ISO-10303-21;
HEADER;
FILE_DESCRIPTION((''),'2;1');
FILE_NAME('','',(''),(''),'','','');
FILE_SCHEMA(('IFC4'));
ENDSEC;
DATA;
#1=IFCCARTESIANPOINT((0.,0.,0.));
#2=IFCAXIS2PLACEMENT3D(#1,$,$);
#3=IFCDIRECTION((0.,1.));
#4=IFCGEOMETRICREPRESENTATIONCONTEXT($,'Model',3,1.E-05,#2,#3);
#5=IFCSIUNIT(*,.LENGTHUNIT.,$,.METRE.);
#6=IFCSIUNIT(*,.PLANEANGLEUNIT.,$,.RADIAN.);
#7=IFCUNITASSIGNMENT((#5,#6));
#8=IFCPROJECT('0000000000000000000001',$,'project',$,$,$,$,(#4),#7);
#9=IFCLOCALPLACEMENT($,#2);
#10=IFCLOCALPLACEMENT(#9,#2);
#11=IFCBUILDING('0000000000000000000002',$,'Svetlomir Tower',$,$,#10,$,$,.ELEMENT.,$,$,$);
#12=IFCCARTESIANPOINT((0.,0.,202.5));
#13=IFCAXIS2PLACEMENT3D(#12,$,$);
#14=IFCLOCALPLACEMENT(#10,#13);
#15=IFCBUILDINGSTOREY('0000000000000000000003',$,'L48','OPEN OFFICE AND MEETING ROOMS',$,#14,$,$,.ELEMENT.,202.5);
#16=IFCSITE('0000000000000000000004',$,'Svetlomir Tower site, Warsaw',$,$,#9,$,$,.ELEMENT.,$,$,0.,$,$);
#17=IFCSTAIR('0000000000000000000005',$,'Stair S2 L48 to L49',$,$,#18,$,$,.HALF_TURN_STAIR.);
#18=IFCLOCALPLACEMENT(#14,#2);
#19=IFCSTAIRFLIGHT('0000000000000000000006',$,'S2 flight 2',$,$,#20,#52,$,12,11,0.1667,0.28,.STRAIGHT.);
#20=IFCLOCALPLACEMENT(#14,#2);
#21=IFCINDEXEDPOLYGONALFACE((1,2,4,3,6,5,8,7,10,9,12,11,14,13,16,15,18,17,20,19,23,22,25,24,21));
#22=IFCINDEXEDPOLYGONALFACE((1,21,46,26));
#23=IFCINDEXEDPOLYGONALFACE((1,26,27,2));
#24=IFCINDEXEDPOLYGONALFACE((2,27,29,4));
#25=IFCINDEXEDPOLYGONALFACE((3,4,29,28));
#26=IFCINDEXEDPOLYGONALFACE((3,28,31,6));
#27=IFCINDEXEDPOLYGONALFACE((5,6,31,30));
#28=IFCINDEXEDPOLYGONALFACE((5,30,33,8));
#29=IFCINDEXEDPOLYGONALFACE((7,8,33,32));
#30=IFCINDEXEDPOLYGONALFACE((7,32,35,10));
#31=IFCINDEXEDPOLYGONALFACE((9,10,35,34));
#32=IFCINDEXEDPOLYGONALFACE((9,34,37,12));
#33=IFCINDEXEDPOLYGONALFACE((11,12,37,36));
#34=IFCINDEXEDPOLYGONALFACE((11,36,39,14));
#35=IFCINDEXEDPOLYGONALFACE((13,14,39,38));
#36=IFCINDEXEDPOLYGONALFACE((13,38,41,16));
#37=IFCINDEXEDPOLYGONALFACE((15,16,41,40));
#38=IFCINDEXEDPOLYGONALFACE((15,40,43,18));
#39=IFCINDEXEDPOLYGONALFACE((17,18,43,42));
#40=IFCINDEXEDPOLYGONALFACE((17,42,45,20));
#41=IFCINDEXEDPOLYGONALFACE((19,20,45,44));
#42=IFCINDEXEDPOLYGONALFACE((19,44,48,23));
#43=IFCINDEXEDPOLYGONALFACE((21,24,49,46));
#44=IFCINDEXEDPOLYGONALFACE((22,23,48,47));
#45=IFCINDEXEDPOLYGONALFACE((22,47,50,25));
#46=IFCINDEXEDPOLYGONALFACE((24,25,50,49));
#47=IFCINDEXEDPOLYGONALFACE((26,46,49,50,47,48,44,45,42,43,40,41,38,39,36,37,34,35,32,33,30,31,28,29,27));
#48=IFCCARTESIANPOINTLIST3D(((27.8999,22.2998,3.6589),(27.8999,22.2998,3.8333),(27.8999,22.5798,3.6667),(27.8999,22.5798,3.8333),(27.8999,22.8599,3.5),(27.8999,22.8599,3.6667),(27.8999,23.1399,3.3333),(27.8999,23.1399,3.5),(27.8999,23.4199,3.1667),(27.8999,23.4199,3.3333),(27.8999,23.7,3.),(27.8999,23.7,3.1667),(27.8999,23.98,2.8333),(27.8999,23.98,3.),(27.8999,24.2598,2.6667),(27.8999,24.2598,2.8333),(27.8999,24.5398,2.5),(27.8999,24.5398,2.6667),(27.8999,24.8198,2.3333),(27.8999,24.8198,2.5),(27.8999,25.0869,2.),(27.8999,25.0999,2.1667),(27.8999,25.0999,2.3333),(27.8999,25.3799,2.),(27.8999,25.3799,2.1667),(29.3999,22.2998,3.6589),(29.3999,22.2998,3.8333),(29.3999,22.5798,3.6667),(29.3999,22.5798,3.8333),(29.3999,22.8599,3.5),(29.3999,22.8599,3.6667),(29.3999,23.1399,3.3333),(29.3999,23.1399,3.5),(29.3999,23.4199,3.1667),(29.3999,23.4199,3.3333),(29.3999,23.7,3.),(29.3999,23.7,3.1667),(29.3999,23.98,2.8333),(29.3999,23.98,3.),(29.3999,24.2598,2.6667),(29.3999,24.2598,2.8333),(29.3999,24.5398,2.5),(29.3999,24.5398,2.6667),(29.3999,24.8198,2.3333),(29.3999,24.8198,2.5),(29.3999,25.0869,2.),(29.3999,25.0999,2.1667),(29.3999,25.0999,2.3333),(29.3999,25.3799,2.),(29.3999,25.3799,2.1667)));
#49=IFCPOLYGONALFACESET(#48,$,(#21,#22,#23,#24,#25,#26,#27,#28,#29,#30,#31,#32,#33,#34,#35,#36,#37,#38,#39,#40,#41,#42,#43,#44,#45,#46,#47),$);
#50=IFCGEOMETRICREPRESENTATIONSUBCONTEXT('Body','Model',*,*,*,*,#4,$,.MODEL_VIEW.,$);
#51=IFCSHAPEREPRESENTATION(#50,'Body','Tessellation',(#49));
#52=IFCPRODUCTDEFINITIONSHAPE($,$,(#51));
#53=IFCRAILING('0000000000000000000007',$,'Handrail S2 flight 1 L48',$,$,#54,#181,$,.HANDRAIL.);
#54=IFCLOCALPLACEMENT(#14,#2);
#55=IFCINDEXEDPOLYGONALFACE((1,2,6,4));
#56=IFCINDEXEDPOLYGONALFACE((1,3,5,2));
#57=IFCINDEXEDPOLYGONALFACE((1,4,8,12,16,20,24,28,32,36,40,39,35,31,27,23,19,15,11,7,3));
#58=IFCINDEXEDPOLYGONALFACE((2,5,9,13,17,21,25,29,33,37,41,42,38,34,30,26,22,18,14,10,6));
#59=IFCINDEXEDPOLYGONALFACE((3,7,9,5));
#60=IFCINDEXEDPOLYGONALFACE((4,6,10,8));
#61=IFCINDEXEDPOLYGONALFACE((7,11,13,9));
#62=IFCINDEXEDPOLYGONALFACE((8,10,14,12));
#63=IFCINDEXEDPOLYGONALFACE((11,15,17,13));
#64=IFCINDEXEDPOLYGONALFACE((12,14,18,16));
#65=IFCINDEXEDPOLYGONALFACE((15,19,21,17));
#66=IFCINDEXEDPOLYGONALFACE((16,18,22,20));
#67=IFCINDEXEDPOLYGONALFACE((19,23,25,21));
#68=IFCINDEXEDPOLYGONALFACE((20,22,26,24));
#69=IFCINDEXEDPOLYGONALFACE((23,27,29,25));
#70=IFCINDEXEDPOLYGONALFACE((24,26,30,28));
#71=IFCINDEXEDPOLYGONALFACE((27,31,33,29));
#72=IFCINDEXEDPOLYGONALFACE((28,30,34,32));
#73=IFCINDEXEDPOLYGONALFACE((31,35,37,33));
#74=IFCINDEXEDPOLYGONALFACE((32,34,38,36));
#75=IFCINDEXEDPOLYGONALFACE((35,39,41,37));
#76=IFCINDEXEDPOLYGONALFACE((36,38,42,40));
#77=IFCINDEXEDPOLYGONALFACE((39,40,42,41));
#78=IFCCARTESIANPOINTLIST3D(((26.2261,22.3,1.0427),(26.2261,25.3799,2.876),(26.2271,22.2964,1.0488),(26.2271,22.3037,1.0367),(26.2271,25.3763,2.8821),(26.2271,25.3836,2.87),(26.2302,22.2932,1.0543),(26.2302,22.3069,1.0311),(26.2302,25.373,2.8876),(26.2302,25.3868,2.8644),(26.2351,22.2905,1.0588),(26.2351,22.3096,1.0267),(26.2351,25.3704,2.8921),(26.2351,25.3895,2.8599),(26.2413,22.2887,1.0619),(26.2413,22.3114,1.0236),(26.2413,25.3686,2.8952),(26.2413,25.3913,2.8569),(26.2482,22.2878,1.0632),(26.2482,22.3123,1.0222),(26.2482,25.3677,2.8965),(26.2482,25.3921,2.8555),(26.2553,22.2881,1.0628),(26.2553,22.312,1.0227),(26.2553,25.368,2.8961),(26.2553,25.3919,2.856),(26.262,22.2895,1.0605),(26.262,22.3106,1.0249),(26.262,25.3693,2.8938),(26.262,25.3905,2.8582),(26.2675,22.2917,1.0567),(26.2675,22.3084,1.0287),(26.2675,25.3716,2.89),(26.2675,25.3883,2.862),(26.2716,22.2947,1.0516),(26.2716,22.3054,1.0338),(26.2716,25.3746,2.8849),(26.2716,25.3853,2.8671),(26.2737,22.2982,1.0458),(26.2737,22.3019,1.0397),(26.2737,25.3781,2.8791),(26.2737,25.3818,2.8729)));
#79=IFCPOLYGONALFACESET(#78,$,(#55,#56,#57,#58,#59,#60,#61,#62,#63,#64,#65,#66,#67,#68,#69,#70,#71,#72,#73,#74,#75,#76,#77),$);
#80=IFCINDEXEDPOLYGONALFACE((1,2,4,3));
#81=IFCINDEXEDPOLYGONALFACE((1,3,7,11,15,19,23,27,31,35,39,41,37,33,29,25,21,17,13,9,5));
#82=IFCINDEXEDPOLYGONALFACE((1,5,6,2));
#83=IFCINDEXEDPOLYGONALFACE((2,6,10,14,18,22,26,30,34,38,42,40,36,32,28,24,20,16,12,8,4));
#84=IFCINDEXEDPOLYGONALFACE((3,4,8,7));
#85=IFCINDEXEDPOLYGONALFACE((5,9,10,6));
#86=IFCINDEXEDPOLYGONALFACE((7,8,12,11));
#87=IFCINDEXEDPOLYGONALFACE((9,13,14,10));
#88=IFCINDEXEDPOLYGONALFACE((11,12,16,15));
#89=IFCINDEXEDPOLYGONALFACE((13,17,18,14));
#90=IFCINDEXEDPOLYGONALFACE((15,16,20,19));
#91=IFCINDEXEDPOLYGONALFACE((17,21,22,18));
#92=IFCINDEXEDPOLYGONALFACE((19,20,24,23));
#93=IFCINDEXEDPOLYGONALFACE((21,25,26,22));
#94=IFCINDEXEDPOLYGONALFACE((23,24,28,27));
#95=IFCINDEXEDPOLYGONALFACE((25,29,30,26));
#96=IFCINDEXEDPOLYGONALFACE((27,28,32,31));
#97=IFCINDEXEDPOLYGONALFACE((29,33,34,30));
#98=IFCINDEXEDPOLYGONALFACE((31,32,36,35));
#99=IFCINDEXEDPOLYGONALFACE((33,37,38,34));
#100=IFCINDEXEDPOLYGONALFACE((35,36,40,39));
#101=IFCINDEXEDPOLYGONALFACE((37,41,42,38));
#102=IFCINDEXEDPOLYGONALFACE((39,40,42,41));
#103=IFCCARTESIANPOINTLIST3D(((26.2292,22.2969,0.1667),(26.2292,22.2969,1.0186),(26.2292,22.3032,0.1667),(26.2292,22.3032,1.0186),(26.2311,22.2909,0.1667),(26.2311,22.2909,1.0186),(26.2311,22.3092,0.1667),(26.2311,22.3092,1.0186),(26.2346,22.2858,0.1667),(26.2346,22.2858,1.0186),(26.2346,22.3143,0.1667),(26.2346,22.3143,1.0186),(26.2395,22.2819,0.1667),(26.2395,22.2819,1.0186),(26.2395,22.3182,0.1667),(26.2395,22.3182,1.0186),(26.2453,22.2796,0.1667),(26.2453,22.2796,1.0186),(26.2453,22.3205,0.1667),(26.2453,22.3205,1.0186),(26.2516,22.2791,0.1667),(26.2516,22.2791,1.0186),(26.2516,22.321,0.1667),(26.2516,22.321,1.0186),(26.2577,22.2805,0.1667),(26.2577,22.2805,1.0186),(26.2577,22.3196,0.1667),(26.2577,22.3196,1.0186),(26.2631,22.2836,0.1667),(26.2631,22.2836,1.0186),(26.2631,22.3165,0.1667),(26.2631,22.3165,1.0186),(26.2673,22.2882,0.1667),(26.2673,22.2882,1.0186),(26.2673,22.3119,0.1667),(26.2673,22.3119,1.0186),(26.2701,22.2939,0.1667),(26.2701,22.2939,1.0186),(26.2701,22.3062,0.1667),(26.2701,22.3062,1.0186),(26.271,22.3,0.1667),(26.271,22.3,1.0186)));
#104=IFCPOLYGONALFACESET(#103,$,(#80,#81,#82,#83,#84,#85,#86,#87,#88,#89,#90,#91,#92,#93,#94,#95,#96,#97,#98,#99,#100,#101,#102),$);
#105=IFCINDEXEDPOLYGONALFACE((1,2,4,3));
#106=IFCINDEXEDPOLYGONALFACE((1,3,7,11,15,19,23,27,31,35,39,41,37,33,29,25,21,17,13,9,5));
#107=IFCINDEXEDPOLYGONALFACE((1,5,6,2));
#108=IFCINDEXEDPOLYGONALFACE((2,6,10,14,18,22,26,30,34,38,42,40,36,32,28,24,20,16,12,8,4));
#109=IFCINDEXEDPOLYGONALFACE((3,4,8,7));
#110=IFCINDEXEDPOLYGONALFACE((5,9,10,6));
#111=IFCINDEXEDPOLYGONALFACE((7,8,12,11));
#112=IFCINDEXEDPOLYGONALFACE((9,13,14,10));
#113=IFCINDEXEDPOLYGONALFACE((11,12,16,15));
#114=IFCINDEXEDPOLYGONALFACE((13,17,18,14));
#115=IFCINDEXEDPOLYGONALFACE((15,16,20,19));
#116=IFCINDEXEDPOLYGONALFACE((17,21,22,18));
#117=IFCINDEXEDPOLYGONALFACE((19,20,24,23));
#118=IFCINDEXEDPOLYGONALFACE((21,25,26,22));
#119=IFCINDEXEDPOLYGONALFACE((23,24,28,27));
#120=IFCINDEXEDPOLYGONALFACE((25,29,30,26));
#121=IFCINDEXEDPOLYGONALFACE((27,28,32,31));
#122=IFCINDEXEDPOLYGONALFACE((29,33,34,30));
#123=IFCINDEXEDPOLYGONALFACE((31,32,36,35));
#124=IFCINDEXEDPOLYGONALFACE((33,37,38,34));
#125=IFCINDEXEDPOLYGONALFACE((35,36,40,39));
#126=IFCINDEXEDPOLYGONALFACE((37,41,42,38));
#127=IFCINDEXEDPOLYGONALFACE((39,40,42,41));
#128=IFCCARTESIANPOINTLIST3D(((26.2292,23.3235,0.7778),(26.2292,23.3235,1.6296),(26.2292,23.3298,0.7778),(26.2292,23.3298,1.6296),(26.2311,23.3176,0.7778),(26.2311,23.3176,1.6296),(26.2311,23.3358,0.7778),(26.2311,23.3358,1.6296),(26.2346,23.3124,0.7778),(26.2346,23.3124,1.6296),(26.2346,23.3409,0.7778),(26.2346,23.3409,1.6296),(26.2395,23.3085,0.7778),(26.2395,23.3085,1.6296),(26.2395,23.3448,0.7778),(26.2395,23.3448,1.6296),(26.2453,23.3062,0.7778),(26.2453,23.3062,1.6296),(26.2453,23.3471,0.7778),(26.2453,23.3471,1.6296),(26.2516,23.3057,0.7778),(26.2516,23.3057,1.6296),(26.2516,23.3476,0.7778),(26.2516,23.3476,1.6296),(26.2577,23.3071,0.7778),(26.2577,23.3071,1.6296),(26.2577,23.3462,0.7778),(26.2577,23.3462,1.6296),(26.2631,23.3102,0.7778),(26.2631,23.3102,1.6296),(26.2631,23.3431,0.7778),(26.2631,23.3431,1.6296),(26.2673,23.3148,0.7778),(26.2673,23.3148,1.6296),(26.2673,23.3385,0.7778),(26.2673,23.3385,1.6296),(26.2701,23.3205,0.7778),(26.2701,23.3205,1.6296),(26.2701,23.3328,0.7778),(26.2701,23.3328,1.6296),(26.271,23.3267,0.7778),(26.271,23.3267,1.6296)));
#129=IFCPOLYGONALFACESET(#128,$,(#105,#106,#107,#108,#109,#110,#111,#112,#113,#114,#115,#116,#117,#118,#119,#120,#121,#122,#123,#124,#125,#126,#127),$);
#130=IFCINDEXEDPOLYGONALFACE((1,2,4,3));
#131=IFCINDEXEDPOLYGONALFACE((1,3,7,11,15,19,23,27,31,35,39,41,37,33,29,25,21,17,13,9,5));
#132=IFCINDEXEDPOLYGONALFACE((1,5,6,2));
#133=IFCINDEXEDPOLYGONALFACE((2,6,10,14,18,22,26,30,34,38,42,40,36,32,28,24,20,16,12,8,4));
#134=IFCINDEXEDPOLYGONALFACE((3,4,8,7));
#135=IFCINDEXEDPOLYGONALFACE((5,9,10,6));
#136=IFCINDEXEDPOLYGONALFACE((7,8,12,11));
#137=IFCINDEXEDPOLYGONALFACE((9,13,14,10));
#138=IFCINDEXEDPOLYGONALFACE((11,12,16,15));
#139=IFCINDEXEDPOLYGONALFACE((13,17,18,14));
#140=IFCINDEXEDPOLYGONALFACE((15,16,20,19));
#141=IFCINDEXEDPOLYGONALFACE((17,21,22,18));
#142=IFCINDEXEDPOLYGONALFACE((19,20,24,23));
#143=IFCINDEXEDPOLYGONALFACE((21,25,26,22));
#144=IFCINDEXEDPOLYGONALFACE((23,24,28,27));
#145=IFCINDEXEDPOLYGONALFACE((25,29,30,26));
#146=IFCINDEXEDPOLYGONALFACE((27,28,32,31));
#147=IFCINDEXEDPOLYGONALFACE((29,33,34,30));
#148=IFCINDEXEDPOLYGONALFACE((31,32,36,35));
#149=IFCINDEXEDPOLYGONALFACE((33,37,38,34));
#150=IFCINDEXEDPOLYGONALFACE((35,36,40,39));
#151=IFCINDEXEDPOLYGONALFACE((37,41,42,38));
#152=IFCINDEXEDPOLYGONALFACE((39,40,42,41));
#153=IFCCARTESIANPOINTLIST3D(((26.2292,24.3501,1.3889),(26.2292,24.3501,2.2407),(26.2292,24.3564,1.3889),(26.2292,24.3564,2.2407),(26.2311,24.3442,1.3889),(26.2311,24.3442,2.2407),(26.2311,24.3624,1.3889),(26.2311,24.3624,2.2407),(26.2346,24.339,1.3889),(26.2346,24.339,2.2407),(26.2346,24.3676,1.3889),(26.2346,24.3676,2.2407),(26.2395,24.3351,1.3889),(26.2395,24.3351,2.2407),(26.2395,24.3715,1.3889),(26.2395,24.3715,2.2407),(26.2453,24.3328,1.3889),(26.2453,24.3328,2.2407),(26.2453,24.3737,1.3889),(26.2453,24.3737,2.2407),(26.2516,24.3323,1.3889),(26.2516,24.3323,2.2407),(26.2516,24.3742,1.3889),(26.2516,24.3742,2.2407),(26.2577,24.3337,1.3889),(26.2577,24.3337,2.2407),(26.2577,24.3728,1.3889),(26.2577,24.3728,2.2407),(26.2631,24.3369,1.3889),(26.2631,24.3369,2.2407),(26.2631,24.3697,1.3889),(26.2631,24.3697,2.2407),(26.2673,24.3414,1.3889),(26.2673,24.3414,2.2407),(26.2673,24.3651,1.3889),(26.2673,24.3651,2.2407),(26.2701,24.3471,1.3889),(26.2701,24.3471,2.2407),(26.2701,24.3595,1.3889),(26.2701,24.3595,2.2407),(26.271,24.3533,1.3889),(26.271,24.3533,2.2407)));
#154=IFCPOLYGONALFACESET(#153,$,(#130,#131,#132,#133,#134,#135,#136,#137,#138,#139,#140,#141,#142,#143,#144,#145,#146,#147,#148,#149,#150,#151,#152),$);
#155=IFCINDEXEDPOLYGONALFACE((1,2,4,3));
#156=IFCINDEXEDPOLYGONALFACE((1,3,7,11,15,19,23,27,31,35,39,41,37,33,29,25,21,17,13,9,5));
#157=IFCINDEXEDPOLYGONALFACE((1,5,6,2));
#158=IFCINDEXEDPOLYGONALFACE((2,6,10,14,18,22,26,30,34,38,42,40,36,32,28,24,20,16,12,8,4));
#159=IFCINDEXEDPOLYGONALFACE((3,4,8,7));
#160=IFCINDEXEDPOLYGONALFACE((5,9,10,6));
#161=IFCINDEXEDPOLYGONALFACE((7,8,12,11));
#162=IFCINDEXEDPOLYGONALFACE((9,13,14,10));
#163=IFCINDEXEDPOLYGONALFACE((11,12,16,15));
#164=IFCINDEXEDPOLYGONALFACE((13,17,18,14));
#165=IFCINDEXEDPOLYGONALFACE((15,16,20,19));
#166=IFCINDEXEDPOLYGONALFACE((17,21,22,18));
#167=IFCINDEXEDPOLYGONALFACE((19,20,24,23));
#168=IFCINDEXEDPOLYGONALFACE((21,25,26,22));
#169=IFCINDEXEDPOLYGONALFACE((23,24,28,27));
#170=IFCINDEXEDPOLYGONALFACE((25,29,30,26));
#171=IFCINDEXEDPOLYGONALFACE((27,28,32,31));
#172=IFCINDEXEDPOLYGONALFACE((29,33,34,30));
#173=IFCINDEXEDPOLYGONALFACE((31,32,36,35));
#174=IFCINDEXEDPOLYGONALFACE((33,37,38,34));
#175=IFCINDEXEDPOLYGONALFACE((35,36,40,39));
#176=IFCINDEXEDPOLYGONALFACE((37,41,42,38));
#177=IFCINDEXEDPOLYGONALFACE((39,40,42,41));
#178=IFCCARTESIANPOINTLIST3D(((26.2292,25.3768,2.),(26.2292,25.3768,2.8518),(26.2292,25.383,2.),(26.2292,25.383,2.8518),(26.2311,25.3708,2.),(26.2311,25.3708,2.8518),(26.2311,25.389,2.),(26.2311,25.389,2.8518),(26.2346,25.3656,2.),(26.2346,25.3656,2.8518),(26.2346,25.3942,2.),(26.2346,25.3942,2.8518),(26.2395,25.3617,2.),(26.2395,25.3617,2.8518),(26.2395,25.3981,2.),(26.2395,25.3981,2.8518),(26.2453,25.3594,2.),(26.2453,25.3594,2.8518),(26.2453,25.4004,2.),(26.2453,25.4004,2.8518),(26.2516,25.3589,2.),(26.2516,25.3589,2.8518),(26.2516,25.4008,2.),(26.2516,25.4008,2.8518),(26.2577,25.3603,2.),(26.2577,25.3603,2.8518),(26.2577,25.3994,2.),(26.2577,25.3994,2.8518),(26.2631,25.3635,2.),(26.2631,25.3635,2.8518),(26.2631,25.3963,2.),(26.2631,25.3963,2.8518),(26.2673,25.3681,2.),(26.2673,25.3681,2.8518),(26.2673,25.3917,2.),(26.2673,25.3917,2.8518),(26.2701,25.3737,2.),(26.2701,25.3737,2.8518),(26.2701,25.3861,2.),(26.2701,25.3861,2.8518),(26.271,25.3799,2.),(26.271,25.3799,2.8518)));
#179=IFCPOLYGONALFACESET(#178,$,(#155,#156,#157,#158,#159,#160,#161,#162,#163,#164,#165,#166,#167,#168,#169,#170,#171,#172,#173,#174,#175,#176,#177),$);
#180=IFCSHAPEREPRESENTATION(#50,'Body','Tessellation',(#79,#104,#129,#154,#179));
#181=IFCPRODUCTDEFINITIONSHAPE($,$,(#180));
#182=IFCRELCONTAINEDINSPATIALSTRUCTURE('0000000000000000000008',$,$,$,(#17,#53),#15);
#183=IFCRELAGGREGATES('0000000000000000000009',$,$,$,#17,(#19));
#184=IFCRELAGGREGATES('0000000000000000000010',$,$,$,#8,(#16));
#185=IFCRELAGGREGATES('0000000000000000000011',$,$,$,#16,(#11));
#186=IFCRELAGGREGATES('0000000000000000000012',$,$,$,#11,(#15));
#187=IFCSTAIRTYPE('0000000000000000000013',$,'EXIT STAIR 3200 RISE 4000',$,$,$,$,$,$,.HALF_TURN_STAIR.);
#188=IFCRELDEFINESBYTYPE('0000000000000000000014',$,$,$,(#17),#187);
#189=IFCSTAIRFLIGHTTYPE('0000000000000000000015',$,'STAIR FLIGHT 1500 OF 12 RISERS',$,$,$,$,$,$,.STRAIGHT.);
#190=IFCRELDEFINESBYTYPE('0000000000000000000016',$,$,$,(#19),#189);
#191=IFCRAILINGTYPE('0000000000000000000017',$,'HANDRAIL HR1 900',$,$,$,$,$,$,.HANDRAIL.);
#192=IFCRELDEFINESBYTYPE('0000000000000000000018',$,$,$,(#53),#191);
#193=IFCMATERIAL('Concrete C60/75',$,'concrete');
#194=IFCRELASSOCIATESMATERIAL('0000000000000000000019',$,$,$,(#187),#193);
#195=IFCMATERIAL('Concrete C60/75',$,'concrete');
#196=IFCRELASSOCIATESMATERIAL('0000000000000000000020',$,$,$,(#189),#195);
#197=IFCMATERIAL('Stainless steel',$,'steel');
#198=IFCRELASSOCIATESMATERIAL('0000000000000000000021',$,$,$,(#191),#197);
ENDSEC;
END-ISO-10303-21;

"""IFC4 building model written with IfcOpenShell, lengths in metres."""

from ifc_helpers import new_model, si_unit, direction, frame, origin, origin_2d, place, context, subcontext, project, spatial, polyline, circle, outline, extrude, material, type_object, element, aggregate, save


model = new_model("IFC4")

# Units and contexts
model_context = context("Model", 3, precision=1e-05, world=origin(), true_north=direction((0.0, 1.0)))
body_context = subcontext(model_context, "Body", "Model", "MODEL_VIEW")
ifc_project = project(units=[si_unit("LENGTHUNIT", "METRE"), si_unit("PLANEANGLEUNIT", "RADIAN")], contexts=[model_context])

# Site, building, storey
site_placement = place(None, origin())
site = spatial("IfcSite", under=ifc_project, at=site_placement, Name="Svetlomir Tower site, Warsaw", CompositionType="ELEMENT", RefElevation=0.0)
building_placement = place(site_placement, origin())
building = spatial("IfcBuilding", under=site, at=building_placement, Name="Svetlomir Tower", CompositionType="ELEMENT")
storey_placement = place(building_placement, frame((0.0, 0.0, 202.5)))
storey = spatial("IfcBuildingStorey", under=building, at=storey_placement, Name="L48", Description="OPEN OFFICE AND MEETING ROOMS", CompositionType="ELEMENT", Elevation=202.5)

# Stair, stair flight
ifc_material_1 = material(Name="Concrete C60/75", Category="concrete")
stair_type = type_object("IfcStairType", Name="EXIT STAIR 3200 RISE 4000", PredefinedType="HALF_TURN_STAIR", material=ifc_material_1)
stair_placement = place(storey_placement, origin())
stair = element("IfcStair", 1, at=stair_placement, inside=storey, type_object=stair_type, Name="Stair S2 L48 to L49", PredefinedType="HALF_TURN_STAIR")
ifc_material_2 = material(Name="Concrete C60/75", Category="concrete")
stair_flight_type = type_object("IfcStairFlightType", Name="STAIR FLIGHT 1500 OF 12 RISERS", PredefinedType="STRAIGHT", material=ifc_material_2)
stair_flight_1_placement = place(storey_placement, frame((28.6499, 25.3799, 2.0), z_axis=(0.0, 0.0, 1.0), x_axis=(0.0, -1.0, 0.0)))
stair_flight_1 = element("IfcStairFlight", 2, at=stair_flight_1_placement, type_object=stair_flight_type, Name="S2 flight 2", NumberOfRisers=12, NumberOfTreads=11, PredefinedType="STRAIGHT", RiserHeight=0.1667, TreadLength=0.28, context=body_context, shape_type="SweptSolid", body=[
    extrude(outline(polyline([(0.0, 0.0), (0.0, 0.1667), (0.28, 0.1667), (0.28, 0.3333), (0.5601, 0.3333), (0.5601, 0.5), (0.8401, 0.5), (0.8401, 0.6667), (1.1201, 0.6667), (1.1201, 0.8333), (1.3999, 0.8333), (1.3999, 1.0), (1.6799, 1.0), (1.6799, 1.1667), (1.96, 1.1667), (1.96, 1.3333), (2.24, 1.3333), (2.24, 1.5), (2.52, 1.5), (2.52, 1.6667), (2.8, 1.6667), (2.8, 1.8333), (3.0801, 1.8333), (3.0801, 2.0), (3.0801, 1.6589), (0.293, 0.0), (0.0, 0.0)])), frame((0.0, 0.75, 0.0), z_axis=(0.0, -1.0, 0.0), x_axis=(1.0, 0.0, 0.0)), (0.0, 0.0, 1.0), 1.5),
])
aggregate(stair, [stair_flight_1])

# Railing
ifc_material_3 = material(Name="Stainless steel", Category="steel")
railing_type = type_object("IfcRailingType", Name="HANDRAIL HR1 900", PredefinedType="HANDRAIL", material=ifc_material_3)
railing_1_placement = place(storey_placement, frame((26.25, 22.3, 0.1667)))
element("IfcRailing", 3, at=railing_1_placement, inside=storey, type_object=railing_type, Name="Handrail S2 flight 1 L48", PredefinedType="HANDRAIL", context=body_context, shape_type="SweptSolid", body=[
    extrude(circle(Radius=0.0239, at=origin_2d()), frame((0.0, 0.0, 0.876), z_axis=(0.0, 0.859291, 0.511487), x_axis=(-1.0, 0.0, 0.0)), (0.0, 0.0, 1.0), 3.5842),
    extrude(circle(Radius=0.021, at=origin_2d()), origin(), (0.0, 0.0, 1.0), 0.8518),
    extrude(circle(Radius=0.021, at=origin_2d()), frame((0.0, 1.0266, 0.6111)), (0.0, 0.0, 1.0), 0.8518),
    extrude(circle(Radius=0.021, at=origin_2d()), frame((0.0, 2.0532, 1.2222)), (0.0, 0.0, 1.0), 0.8518),
    extrude(circle(Radius=0.021, at=origin_2d()), frame((0.0, 3.0798, 1.8333)), (0.0, 0.0, 1.0), 0.8518),
])

save(model, "model.ifc")
